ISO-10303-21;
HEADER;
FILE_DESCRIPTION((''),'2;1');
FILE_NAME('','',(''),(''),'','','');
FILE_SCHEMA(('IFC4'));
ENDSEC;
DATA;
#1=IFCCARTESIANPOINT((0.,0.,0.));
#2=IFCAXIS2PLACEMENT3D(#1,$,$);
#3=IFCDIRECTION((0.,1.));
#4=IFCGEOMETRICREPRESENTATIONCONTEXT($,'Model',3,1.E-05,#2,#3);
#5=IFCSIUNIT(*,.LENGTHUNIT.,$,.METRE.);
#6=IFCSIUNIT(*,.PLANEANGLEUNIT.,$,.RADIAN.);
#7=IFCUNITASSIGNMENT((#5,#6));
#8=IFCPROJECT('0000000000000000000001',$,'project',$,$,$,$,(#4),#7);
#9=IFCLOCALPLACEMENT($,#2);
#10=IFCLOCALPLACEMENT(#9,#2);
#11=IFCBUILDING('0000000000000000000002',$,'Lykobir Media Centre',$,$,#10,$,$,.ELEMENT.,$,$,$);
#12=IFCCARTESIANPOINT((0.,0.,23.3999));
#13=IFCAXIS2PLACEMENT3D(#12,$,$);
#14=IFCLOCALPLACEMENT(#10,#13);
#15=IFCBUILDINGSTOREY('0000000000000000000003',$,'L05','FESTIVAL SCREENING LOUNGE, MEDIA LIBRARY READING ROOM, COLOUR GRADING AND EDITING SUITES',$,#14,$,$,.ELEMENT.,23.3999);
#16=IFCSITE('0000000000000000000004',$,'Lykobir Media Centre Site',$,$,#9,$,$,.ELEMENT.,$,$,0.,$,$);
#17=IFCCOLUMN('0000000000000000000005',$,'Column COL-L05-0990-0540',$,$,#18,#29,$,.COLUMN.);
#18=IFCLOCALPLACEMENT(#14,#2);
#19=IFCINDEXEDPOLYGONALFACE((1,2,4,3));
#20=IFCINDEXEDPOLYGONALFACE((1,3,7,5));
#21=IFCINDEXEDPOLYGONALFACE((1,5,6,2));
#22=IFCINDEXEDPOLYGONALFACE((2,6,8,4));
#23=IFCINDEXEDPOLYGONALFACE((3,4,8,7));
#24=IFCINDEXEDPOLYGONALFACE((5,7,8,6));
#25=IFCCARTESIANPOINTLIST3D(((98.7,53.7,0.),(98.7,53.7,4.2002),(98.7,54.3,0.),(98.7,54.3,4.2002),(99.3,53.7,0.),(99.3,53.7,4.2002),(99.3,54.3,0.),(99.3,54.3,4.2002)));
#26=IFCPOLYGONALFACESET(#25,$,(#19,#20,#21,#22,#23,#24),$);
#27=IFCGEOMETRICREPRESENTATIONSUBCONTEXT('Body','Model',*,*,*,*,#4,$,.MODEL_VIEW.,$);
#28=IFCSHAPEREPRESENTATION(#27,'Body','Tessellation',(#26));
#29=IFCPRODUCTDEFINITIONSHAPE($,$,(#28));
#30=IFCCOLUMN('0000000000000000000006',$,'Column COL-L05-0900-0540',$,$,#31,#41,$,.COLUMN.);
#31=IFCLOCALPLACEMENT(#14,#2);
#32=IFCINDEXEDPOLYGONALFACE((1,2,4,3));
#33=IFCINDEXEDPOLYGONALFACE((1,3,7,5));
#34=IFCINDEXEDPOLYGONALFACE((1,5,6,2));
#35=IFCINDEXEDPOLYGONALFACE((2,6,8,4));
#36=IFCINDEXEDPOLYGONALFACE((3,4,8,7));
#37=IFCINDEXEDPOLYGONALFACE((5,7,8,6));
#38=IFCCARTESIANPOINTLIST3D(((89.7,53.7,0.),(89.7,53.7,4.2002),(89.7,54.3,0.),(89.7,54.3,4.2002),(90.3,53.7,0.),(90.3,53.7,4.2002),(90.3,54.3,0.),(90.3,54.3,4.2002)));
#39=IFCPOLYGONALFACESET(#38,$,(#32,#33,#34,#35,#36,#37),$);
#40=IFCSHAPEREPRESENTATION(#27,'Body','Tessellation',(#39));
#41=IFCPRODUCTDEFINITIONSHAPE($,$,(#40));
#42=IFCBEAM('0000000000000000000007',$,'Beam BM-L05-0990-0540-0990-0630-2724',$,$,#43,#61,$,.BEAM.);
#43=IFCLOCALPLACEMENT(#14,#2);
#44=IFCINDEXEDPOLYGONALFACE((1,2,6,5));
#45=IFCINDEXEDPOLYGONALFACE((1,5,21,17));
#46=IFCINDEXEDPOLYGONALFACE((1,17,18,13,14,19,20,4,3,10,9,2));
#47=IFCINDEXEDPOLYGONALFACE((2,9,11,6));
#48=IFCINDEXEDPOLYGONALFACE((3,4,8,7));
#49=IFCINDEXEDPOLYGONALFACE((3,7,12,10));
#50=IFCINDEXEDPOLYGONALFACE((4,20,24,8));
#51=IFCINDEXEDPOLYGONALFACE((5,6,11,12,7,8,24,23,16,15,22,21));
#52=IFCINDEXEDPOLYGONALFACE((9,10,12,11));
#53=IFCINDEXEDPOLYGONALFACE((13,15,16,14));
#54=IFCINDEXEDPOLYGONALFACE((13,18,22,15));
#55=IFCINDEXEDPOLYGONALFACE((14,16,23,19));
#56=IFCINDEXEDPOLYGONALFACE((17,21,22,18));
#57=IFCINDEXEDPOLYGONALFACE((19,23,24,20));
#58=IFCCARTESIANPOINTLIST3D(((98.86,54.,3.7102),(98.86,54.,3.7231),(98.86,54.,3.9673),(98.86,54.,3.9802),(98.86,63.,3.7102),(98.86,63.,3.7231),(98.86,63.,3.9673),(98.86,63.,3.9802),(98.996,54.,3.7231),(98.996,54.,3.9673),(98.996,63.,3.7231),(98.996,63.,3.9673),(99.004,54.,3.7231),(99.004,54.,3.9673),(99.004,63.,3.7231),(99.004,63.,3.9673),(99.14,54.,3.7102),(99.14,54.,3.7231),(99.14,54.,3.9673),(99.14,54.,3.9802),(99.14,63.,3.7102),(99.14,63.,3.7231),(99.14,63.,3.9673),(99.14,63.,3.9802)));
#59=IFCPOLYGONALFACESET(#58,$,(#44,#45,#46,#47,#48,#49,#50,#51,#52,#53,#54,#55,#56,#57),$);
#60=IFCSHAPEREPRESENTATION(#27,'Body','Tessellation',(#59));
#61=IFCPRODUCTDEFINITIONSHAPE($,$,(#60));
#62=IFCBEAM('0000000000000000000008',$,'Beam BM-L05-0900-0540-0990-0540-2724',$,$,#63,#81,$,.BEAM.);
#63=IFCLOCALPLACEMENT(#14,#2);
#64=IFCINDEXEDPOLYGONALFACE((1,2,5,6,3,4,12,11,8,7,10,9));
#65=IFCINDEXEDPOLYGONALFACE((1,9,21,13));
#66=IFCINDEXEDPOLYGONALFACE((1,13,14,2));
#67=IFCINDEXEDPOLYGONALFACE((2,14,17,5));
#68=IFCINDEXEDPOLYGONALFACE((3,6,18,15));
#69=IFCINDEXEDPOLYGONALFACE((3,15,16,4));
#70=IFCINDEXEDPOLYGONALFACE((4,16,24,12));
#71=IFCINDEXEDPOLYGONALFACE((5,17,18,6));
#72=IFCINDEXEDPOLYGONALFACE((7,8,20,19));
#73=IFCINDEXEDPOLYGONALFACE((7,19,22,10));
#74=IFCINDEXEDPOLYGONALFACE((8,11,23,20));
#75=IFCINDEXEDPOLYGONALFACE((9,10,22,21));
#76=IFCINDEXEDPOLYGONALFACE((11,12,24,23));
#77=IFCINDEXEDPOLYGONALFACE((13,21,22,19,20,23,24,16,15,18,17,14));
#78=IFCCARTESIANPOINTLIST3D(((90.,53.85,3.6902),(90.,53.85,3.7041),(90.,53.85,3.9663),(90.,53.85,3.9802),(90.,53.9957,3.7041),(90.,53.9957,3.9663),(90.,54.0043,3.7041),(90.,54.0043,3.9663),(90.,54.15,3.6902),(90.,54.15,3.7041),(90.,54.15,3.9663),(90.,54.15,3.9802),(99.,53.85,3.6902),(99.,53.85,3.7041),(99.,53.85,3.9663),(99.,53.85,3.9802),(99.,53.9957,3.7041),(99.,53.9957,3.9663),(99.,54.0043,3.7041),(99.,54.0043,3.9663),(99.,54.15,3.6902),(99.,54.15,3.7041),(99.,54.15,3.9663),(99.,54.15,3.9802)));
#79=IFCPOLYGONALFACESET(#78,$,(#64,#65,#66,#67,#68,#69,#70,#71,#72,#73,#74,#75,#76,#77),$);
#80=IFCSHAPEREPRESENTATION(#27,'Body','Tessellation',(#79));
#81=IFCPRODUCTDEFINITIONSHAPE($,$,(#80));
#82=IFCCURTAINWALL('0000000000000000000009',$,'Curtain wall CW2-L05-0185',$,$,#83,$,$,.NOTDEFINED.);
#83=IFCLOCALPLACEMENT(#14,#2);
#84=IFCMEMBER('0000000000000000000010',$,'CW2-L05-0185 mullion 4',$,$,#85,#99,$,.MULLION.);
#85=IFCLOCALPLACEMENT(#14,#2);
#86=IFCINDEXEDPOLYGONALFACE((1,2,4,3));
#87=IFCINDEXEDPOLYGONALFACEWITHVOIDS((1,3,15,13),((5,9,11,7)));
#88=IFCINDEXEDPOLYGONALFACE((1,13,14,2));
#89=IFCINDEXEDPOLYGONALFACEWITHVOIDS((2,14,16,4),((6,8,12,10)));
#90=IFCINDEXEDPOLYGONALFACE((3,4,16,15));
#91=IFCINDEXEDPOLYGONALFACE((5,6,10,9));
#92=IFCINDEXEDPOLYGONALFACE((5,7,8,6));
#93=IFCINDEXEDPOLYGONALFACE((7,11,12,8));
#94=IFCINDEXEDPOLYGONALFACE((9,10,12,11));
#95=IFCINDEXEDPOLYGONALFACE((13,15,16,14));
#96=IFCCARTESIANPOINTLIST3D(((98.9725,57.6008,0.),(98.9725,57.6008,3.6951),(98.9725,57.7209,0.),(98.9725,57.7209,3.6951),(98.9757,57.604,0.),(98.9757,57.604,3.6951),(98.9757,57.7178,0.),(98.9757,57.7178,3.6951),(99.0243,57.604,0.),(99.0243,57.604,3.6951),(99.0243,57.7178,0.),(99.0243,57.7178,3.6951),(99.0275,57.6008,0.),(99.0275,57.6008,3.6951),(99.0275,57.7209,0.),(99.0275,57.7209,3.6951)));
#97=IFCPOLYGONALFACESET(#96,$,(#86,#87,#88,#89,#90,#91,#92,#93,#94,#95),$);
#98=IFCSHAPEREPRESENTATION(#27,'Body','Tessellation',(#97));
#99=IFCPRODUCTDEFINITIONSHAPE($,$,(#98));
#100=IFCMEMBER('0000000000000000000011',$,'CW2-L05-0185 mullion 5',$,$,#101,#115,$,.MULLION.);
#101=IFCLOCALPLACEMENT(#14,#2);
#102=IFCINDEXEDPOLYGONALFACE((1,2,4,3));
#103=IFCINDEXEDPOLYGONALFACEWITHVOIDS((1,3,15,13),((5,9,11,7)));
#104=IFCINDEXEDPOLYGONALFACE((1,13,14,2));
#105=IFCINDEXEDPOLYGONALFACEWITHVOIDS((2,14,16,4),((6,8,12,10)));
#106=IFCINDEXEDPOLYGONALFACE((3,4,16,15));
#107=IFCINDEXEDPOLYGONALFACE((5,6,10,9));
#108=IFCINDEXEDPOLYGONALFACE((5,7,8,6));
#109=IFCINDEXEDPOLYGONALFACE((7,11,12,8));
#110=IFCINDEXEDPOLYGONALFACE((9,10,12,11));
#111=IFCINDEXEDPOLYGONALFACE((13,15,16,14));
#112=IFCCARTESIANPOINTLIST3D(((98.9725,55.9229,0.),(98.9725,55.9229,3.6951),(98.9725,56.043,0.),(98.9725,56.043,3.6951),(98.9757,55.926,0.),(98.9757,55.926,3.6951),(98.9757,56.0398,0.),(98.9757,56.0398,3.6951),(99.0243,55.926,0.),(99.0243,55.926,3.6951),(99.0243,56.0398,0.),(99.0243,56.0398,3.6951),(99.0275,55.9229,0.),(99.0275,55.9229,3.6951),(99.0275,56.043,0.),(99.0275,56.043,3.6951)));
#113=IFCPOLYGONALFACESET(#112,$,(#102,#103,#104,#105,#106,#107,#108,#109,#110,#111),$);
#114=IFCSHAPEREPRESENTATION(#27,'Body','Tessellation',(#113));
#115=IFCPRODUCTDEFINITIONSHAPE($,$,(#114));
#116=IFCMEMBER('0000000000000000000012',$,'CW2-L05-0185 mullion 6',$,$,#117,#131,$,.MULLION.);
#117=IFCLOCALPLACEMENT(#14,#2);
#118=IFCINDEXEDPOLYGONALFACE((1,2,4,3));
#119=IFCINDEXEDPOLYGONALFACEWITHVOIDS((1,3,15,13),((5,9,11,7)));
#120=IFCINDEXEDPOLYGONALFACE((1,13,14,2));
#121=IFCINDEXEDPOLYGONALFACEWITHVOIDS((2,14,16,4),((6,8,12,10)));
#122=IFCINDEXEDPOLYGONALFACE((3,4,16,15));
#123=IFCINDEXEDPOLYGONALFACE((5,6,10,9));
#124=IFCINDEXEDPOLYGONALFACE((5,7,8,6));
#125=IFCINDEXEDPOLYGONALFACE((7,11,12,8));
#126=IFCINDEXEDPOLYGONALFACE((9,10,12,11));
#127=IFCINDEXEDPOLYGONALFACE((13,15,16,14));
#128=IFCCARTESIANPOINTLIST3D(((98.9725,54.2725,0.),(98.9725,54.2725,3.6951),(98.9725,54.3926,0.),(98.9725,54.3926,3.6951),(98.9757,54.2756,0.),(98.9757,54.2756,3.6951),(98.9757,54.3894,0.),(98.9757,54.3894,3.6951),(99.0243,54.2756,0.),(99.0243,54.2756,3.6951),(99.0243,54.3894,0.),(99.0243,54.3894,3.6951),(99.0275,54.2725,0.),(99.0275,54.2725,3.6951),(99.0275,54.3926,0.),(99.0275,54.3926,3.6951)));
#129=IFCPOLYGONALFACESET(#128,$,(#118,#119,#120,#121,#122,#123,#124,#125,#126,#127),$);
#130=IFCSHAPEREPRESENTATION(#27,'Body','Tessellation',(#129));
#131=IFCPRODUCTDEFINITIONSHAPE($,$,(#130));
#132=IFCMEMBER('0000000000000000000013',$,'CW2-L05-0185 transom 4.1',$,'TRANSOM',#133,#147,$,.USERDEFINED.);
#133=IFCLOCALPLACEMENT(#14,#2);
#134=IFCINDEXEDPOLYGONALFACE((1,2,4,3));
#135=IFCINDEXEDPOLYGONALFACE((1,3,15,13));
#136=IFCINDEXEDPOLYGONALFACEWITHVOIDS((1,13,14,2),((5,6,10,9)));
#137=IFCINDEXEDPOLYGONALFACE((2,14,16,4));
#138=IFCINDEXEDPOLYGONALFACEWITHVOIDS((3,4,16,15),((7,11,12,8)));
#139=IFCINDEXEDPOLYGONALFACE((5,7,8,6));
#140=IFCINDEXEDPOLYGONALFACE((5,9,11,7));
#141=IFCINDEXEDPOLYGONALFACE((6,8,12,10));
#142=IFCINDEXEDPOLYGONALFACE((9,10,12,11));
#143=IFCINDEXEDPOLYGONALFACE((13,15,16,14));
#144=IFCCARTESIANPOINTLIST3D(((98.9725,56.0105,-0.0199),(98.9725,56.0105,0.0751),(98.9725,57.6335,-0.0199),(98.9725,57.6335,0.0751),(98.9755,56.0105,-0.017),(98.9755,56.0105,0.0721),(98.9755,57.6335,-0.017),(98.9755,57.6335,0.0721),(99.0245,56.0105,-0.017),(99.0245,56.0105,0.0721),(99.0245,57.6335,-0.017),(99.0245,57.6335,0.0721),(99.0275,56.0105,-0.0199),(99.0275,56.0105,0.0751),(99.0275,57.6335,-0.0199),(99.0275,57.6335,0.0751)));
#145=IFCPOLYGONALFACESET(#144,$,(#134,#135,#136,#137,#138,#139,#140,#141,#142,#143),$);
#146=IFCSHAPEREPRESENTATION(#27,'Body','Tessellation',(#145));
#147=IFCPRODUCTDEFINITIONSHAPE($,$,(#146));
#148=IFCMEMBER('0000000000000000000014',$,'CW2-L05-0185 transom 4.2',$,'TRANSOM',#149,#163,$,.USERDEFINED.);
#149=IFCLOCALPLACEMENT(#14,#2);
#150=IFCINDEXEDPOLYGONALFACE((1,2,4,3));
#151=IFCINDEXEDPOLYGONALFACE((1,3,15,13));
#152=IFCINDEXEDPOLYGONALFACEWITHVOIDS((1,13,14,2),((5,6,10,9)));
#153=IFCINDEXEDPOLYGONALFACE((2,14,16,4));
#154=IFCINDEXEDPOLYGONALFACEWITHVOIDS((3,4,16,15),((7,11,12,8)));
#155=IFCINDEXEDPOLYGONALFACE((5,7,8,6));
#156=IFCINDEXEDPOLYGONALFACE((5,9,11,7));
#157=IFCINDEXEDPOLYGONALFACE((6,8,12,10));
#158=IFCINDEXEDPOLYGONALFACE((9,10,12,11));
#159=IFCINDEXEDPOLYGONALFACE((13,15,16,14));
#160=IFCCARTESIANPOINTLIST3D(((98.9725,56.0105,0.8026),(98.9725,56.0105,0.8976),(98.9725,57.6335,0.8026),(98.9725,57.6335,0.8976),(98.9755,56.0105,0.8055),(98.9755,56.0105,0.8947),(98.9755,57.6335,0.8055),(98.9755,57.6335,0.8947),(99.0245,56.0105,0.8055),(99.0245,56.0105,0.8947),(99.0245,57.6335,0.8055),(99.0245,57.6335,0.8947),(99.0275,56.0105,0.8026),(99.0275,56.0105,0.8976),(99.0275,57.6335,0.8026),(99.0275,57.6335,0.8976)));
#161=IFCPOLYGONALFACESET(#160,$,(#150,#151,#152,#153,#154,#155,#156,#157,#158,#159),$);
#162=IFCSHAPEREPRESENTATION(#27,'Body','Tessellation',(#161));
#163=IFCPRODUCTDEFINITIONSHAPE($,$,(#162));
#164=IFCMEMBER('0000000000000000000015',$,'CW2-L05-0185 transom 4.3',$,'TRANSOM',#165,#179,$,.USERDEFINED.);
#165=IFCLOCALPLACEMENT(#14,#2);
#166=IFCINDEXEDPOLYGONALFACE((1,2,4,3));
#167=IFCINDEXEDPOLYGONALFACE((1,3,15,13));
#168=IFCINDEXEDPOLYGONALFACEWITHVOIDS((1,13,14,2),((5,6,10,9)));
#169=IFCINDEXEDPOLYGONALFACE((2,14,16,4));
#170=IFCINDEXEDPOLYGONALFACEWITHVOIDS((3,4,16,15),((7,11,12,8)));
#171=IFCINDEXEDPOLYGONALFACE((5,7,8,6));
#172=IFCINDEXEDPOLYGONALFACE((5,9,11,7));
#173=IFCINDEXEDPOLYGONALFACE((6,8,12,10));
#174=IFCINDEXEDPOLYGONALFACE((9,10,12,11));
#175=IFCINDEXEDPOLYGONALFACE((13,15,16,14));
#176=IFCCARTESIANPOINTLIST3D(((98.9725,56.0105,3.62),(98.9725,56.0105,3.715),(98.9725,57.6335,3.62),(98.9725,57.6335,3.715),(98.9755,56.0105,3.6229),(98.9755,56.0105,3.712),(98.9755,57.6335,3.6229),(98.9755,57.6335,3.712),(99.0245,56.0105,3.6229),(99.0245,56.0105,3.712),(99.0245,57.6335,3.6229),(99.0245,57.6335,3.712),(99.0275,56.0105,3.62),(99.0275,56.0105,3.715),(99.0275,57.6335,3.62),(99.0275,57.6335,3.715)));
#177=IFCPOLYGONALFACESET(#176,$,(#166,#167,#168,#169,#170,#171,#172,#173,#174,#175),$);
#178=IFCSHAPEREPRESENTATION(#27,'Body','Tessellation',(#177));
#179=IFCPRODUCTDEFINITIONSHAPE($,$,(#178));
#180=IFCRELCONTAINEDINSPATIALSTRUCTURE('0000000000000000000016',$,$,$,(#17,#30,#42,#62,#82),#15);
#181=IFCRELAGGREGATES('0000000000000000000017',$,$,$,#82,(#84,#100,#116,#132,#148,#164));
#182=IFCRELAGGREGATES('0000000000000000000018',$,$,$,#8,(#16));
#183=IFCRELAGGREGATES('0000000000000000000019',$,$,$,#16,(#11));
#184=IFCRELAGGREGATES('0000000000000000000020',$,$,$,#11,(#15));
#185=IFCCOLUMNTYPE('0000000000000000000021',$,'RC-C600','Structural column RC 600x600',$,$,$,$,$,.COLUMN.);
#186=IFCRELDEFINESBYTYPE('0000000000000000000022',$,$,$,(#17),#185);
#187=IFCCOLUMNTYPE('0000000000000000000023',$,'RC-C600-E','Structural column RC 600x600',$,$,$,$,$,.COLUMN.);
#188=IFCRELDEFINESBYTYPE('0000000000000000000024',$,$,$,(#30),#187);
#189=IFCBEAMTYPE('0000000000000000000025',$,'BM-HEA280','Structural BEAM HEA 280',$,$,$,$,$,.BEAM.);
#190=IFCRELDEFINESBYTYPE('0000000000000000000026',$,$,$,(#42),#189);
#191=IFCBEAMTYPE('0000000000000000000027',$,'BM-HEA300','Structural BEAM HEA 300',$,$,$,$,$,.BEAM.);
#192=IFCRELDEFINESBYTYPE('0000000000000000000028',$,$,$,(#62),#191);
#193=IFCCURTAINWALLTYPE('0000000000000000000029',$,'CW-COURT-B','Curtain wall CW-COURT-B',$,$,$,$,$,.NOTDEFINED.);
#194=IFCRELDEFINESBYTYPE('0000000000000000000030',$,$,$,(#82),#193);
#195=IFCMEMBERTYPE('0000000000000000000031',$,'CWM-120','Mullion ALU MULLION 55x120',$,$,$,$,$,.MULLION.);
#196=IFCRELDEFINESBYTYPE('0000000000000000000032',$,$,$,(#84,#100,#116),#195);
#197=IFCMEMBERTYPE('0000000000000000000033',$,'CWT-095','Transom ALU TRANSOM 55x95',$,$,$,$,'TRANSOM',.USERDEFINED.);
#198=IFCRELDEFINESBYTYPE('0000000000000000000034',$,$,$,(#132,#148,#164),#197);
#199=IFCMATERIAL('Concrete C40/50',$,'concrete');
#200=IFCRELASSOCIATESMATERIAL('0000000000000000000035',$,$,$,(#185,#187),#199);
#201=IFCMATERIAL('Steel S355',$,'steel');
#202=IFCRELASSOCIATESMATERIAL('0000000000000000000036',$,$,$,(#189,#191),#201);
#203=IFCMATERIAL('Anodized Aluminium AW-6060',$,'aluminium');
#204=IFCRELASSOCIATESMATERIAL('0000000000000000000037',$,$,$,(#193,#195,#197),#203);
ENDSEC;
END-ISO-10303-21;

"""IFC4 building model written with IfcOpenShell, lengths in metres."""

from ifc_helpers import new_model, si_unit, direction, frame, origin, origin_2d, place, context, subcontext, project, spatial, rectangle, hollow_rectangle, i_section, extrude, material, material_profile, profile_set, type_object, element, aggregate, save


model = new_model("IFC4")

# Units and contexts
model_context = context("Model", 3, precision=1e-05, world=origin(), true_north=direction((0.0, 1.0)))
body_context = subcontext(model_context, "Body", "Model", "MODEL_VIEW")
ifc_project = project(units=[si_unit("LENGTHUNIT", "METRE"), si_unit("PLANEANGLEUNIT", "RADIAN")], contexts=[model_context])

# Site, building, storey
site_placement = place(None, origin())
site = spatial("IfcSite", under=ifc_project, at=site_placement, Name="Lykobir Media Centre Site", CompositionType="ELEMENT", RefElevation=0.0)
building_placement = place(site_placement, origin())
building = spatial("IfcBuilding", under=site, at=building_placement, Name="Lykobir Media Centre", CompositionType="ELEMENT")
storey_placement = place(building_placement, frame((0.0, 0.0, 23.3999)))
storey = spatial("IfcBuildingStorey", under=building, at=storey_placement, Name="L05", Description="FESTIVAL SCREENING LOUNGE, MEDIA LIBRARY READING ROOM, COLOUR GRADING AND EDITING SUITES", CompositionType="ELEMENT", Elevation=23.3999)

# Columns
ifc_material_1 = material(Name="Concrete C40/50", Category="concrete")
ifc_material_profile_1 = material_profile(ifc_material_1, rectangle(XDim=0.6001, YDim=0.6001, at=origin_2d()), Name="RC 600x600")
ifc_profile_set_1 = profile_set([ifc_material_profile_1], Name="Concrete C40/50")
column_type_1 = type_object("IfcColumnType", Name="RC-C600", Description="Structural column RC 600x600", PredefinedType="COLUMN", material=ifc_profile_set_1)
column_1_placement = place(storey_placement, frame((99.0, 54.0, 0.0), z_axis=(0.0, 0.0, 1.0), x_axis=(1.0, 0.0, 0.0)))
element("IfcColumn", 1, at=column_1_placement, inside=storey, type_object=column_type_1, Name="Column COL-L05-0990-0540", PredefinedType="COLUMN", context=body_context, shape_type="SweptSolid", body=[
    extrude(rectangle(XDim=0.6001, YDim=0.6001, at=origin_2d()), origin(), (0.0, 0.0, 1.0), 4.2002),
])
ifc_material_profile_2 = material_profile(ifc_material_1, rectangle(XDim=0.6001, YDim=0.6001, at=origin_2d()), Name="RC 600x600")
ifc_profile_set_2 = profile_set([ifc_material_profile_2], Name="Concrete C40/50")
column_type_2 = type_object("IfcColumnType", Name="RC-C600-E", Description="Structural column RC 600x600", PredefinedType="COLUMN", material=ifc_profile_set_2)
column_2_placement = place(storey_placement, frame((90.0, 54.0, 0.0), z_axis=(0.0, 0.0, 1.0), x_axis=(1.0, 0.0, 0.0)))
element("IfcColumn", 2, at=column_2_placement, inside=storey, type_object=column_type_2, Name="Column COL-L05-0900-0540", PredefinedType="COLUMN", context=body_context, shape_type="SweptSolid", body=[
    extrude(rectangle(XDim=0.6001, YDim=0.6001, at=origin_2d()), origin(), (0.0, 0.0, 1.0), 4.2002),
])

# Beams
ifc_material_2 = material(Name="Steel S355", Category="steel")
ifc_material_profile_3 = material_profile(ifc_material_2, i_section(OverallWidth=0.28, OverallDepth=0.27, WebThickness=0.0081, FlangeThickness=0.0129, at=origin_2d()), Name="HEA 280")
ifc_profile_set_3 = profile_set([ifc_material_profile_3], Name="Steel S355")
beam_type_1 = type_object("IfcBeamType", Name="BM-HEA280", Description="Structural BEAM HEA 280", PredefinedType="BEAM", material=ifc_profile_set_3)
beam_1_placement = place(storey_placement, frame((99.0, 54.0, 3.8452), z_axis=(0.0, 1.0, 0.0), x_axis=(-1.0, 0.0, 0.0)))
element("IfcBeam", 3, at=beam_1_placement, inside=storey, type_object=beam_type_1, Name="Beam BM-L05-0990-0540-0990-0630-2724", PredefinedType="BEAM", context=body_context, shape_type="SweptSolid", body=[
    extrude(i_section(OverallWidth=0.28, OverallDepth=0.27, WebThickness=0.0081, FlangeThickness=0.0129, at=origin_2d()), origin(), (0.0, 0.0, 1.0), 9.0),
])
ifc_material_profile_4 = material_profile(ifc_material_2, i_section(OverallWidth=0.3, OverallDepth=0.29, WebThickness=0.0085, FlangeThickness=0.0139, at=origin_2d()), Name="HEA 300")
ifc_profile_set_4 = profile_set([ifc_material_profile_4], Name="Steel S355")
beam_type_2 = type_object("IfcBeamType", Name="BM-HEA300", Description="Structural BEAM HEA 300", PredefinedType="BEAM", material=ifc_profile_set_4)
beam_2_placement = place(storey_placement, frame((90.0, 54.0, 3.8352), z_axis=(1.0, 0.0, 0.0), x_axis=(0.0, 1.0, 0.0)))
element("IfcBeam", 4, at=beam_2_placement, inside=storey, type_object=beam_type_2, Name="Beam BM-L05-0900-0540-0990-0540-2724", PredefinedType="BEAM", context=body_context, shape_type="SweptSolid", body=[
    extrude(i_section(OverallWidth=0.3, OverallDepth=0.29, WebThickness=0.0085, FlangeThickness=0.0139, at=origin_2d()), origin(), (0.0, 0.0, 1.0), 9.0),
])

# Curtain wall, members
ifc_material_3 = material(Name="Anodized Aluminium AW-6060", Category="aluminium")
curtain_wall_type = type_object("IfcCurtainWallType", Name="CW-COURT-B", Description="Curtain wall CW-COURT-B", PredefinedType="NOTDEFINED", material=ifc_material_3)
curtain_wall_placement = place(storey_placement, origin())
curtain_wall = element("IfcCurtainWall", 5, at=curtain_wall_placement, inside=storey, type_object=curtain_wall_type, Name="Curtain wall CW2-L05-0185", PredefinedType="NOTDEFINED")
ifc_material_profile_5 = material_profile(ifc_material_3, hollow_rectangle(XDim=0.0549, YDim=0.1201, WallThickness=0.0032, at=origin_2d()), Name="ALU MULLION 55x120")
ifc_profile_set_5 = profile_set([ifc_material_profile_5], Name="Anodized Aluminium AW-6060")
member_type_1 = type_object("IfcMemberType", Name="CWM-120", Description="Mullion ALU MULLION 55x120", PredefinedType="MULLION", material=ifc_profile_set_5)
member_1_placement = place(storey_placement, frame((99.0, 57.6609, 0.0), z_axis=(0.0, 0.0, 1.0), x_axis=(1.0, 0.0, 0.0)))
member_1 = element("IfcMember", 6, at=member_1_placement, type_object=member_type_1, Name="CW2-L05-0185 mullion 4", PredefinedType="MULLION", context=body_context, shape_type="SweptSolid", body=[
    extrude(hollow_rectangle(XDim=0.0549, YDim=0.1201, WallThickness=0.0032, at=origin_2d()), origin(), (0.0, 0.0, 1.0), 3.6951),
])
member_2_placement = place(storey_placement, frame((99.0, 55.9829, 0.0), z_axis=(0.0, 0.0, 1.0), x_axis=(1.0, 0.0, 0.0)))
member_2 = element("IfcMember", 7, at=member_2_placement, type_object=member_type_1, Name="CW2-L05-0185 mullion 5", PredefinedType="MULLION", context=body_context, shape_type="SweptSolid", body=[
    extrude(hollow_rectangle(XDim=0.0549, YDim=0.1201, WallThickness=0.0032, at=origin_2d()), origin(), (0.0, 0.0, 1.0), 3.6951),
])
member_3_placement = place(storey_placement, frame((99.0, 54.3325, 0.0), z_axis=(0.0, 0.0, 1.0), x_axis=(1.0, 0.0, 0.0)))
member_3 = element("IfcMember", 8, at=member_3_placement, type_object=member_type_1, Name="CW2-L05-0185 mullion 6", PredefinedType="MULLION", context=body_context, shape_type="SweptSolid", body=[
    extrude(hollow_rectangle(XDim=0.0549, YDim=0.1201, WallThickness=0.0032, at=origin_2d()), origin(), (0.0, 0.0, 1.0), 3.6951),
])
ifc_material_profile_6 = material_profile(ifc_material_3, hollow_rectangle(XDim=0.0549, YDim=0.095, WallThickness=0.0029, at=origin_2d()), Name="ALU TRANSOM 55x95")
ifc_profile_set_6 = profile_set([ifc_material_profile_6], Name="Anodized Aluminium AW-6060")
member_type_2 = type_object("IfcMemberType", Name="CWT-095", Description="Transom ALU TRANSOM 55x95", ElementType="TRANSOM", PredefinedType="USERDEFINED", material=ifc_profile_set_6)
member_4_placement = place(storey_placement, frame((99.0, 57.6335, 0.0276), z_axis=(0.0, -1.0, 0.0), x_axis=(1.0, 0.0, 0.0)))
member_4 = element("IfcMember", 9, at=member_4_placement, type_object=member_type_2, Name="CW2-L05-0185 transom 4.1", ObjectType="TRANSOM", PredefinedType="USERDEFINED", context=body_context, shape_type="SweptSolid", body=[
    extrude(hollow_rectangle(XDim=0.0549, YDim=0.095, WallThickness=0.0029, at=origin_2d()), origin(), (0.0, 0.0, 1.0), 1.623),
])
member_5_placement = place(storey_placement, frame((99.0, 57.6335, 0.8501), z_axis=(0.0, -1.0, 0.0), x_axis=(1.0, 0.0, 0.0)))
member_5 = element("IfcMember", 10, at=member_5_placement, type_object=member_type_2, Name="CW2-L05-0185 transom 4.2", ObjectType="TRANSOM", PredefinedType="USERDEFINED", context=body_context, shape_type="SweptSolid", body=[
    extrude(hollow_rectangle(XDim=0.0549, YDim=0.095, WallThickness=0.0029, at=origin_2d()), origin(), (0.0, 0.0, 1.0), 1.623),
])
member_6_placement = place(storey_placement, frame((99.0, 57.6335, 3.6675), z_axis=(0.0, -1.0, 0.0), x_axis=(1.0, 0.0, 0.0)))
member_6 = element("IfcMember", 11, at=member_6_placement, type_object=member_type_2, Name="CW2-L05-0185 transom 4.3", ObjectType="TRANSOM", PredefinedType="USERDEFINED", context=body_context, shape_type="SweptSolid", body=[
    extrude(hollow_rectangle(XDim=0.0549, YDim=0.095, WallThickness=0.0029, at=origin_2d()), origin(), (0.0, 0.0, 1.0), 1.623),
])

aggregate(curtain_wall, [member_1, member_2, member_3, member_4, member_5, member_6])

save(model, "model.ifc")
